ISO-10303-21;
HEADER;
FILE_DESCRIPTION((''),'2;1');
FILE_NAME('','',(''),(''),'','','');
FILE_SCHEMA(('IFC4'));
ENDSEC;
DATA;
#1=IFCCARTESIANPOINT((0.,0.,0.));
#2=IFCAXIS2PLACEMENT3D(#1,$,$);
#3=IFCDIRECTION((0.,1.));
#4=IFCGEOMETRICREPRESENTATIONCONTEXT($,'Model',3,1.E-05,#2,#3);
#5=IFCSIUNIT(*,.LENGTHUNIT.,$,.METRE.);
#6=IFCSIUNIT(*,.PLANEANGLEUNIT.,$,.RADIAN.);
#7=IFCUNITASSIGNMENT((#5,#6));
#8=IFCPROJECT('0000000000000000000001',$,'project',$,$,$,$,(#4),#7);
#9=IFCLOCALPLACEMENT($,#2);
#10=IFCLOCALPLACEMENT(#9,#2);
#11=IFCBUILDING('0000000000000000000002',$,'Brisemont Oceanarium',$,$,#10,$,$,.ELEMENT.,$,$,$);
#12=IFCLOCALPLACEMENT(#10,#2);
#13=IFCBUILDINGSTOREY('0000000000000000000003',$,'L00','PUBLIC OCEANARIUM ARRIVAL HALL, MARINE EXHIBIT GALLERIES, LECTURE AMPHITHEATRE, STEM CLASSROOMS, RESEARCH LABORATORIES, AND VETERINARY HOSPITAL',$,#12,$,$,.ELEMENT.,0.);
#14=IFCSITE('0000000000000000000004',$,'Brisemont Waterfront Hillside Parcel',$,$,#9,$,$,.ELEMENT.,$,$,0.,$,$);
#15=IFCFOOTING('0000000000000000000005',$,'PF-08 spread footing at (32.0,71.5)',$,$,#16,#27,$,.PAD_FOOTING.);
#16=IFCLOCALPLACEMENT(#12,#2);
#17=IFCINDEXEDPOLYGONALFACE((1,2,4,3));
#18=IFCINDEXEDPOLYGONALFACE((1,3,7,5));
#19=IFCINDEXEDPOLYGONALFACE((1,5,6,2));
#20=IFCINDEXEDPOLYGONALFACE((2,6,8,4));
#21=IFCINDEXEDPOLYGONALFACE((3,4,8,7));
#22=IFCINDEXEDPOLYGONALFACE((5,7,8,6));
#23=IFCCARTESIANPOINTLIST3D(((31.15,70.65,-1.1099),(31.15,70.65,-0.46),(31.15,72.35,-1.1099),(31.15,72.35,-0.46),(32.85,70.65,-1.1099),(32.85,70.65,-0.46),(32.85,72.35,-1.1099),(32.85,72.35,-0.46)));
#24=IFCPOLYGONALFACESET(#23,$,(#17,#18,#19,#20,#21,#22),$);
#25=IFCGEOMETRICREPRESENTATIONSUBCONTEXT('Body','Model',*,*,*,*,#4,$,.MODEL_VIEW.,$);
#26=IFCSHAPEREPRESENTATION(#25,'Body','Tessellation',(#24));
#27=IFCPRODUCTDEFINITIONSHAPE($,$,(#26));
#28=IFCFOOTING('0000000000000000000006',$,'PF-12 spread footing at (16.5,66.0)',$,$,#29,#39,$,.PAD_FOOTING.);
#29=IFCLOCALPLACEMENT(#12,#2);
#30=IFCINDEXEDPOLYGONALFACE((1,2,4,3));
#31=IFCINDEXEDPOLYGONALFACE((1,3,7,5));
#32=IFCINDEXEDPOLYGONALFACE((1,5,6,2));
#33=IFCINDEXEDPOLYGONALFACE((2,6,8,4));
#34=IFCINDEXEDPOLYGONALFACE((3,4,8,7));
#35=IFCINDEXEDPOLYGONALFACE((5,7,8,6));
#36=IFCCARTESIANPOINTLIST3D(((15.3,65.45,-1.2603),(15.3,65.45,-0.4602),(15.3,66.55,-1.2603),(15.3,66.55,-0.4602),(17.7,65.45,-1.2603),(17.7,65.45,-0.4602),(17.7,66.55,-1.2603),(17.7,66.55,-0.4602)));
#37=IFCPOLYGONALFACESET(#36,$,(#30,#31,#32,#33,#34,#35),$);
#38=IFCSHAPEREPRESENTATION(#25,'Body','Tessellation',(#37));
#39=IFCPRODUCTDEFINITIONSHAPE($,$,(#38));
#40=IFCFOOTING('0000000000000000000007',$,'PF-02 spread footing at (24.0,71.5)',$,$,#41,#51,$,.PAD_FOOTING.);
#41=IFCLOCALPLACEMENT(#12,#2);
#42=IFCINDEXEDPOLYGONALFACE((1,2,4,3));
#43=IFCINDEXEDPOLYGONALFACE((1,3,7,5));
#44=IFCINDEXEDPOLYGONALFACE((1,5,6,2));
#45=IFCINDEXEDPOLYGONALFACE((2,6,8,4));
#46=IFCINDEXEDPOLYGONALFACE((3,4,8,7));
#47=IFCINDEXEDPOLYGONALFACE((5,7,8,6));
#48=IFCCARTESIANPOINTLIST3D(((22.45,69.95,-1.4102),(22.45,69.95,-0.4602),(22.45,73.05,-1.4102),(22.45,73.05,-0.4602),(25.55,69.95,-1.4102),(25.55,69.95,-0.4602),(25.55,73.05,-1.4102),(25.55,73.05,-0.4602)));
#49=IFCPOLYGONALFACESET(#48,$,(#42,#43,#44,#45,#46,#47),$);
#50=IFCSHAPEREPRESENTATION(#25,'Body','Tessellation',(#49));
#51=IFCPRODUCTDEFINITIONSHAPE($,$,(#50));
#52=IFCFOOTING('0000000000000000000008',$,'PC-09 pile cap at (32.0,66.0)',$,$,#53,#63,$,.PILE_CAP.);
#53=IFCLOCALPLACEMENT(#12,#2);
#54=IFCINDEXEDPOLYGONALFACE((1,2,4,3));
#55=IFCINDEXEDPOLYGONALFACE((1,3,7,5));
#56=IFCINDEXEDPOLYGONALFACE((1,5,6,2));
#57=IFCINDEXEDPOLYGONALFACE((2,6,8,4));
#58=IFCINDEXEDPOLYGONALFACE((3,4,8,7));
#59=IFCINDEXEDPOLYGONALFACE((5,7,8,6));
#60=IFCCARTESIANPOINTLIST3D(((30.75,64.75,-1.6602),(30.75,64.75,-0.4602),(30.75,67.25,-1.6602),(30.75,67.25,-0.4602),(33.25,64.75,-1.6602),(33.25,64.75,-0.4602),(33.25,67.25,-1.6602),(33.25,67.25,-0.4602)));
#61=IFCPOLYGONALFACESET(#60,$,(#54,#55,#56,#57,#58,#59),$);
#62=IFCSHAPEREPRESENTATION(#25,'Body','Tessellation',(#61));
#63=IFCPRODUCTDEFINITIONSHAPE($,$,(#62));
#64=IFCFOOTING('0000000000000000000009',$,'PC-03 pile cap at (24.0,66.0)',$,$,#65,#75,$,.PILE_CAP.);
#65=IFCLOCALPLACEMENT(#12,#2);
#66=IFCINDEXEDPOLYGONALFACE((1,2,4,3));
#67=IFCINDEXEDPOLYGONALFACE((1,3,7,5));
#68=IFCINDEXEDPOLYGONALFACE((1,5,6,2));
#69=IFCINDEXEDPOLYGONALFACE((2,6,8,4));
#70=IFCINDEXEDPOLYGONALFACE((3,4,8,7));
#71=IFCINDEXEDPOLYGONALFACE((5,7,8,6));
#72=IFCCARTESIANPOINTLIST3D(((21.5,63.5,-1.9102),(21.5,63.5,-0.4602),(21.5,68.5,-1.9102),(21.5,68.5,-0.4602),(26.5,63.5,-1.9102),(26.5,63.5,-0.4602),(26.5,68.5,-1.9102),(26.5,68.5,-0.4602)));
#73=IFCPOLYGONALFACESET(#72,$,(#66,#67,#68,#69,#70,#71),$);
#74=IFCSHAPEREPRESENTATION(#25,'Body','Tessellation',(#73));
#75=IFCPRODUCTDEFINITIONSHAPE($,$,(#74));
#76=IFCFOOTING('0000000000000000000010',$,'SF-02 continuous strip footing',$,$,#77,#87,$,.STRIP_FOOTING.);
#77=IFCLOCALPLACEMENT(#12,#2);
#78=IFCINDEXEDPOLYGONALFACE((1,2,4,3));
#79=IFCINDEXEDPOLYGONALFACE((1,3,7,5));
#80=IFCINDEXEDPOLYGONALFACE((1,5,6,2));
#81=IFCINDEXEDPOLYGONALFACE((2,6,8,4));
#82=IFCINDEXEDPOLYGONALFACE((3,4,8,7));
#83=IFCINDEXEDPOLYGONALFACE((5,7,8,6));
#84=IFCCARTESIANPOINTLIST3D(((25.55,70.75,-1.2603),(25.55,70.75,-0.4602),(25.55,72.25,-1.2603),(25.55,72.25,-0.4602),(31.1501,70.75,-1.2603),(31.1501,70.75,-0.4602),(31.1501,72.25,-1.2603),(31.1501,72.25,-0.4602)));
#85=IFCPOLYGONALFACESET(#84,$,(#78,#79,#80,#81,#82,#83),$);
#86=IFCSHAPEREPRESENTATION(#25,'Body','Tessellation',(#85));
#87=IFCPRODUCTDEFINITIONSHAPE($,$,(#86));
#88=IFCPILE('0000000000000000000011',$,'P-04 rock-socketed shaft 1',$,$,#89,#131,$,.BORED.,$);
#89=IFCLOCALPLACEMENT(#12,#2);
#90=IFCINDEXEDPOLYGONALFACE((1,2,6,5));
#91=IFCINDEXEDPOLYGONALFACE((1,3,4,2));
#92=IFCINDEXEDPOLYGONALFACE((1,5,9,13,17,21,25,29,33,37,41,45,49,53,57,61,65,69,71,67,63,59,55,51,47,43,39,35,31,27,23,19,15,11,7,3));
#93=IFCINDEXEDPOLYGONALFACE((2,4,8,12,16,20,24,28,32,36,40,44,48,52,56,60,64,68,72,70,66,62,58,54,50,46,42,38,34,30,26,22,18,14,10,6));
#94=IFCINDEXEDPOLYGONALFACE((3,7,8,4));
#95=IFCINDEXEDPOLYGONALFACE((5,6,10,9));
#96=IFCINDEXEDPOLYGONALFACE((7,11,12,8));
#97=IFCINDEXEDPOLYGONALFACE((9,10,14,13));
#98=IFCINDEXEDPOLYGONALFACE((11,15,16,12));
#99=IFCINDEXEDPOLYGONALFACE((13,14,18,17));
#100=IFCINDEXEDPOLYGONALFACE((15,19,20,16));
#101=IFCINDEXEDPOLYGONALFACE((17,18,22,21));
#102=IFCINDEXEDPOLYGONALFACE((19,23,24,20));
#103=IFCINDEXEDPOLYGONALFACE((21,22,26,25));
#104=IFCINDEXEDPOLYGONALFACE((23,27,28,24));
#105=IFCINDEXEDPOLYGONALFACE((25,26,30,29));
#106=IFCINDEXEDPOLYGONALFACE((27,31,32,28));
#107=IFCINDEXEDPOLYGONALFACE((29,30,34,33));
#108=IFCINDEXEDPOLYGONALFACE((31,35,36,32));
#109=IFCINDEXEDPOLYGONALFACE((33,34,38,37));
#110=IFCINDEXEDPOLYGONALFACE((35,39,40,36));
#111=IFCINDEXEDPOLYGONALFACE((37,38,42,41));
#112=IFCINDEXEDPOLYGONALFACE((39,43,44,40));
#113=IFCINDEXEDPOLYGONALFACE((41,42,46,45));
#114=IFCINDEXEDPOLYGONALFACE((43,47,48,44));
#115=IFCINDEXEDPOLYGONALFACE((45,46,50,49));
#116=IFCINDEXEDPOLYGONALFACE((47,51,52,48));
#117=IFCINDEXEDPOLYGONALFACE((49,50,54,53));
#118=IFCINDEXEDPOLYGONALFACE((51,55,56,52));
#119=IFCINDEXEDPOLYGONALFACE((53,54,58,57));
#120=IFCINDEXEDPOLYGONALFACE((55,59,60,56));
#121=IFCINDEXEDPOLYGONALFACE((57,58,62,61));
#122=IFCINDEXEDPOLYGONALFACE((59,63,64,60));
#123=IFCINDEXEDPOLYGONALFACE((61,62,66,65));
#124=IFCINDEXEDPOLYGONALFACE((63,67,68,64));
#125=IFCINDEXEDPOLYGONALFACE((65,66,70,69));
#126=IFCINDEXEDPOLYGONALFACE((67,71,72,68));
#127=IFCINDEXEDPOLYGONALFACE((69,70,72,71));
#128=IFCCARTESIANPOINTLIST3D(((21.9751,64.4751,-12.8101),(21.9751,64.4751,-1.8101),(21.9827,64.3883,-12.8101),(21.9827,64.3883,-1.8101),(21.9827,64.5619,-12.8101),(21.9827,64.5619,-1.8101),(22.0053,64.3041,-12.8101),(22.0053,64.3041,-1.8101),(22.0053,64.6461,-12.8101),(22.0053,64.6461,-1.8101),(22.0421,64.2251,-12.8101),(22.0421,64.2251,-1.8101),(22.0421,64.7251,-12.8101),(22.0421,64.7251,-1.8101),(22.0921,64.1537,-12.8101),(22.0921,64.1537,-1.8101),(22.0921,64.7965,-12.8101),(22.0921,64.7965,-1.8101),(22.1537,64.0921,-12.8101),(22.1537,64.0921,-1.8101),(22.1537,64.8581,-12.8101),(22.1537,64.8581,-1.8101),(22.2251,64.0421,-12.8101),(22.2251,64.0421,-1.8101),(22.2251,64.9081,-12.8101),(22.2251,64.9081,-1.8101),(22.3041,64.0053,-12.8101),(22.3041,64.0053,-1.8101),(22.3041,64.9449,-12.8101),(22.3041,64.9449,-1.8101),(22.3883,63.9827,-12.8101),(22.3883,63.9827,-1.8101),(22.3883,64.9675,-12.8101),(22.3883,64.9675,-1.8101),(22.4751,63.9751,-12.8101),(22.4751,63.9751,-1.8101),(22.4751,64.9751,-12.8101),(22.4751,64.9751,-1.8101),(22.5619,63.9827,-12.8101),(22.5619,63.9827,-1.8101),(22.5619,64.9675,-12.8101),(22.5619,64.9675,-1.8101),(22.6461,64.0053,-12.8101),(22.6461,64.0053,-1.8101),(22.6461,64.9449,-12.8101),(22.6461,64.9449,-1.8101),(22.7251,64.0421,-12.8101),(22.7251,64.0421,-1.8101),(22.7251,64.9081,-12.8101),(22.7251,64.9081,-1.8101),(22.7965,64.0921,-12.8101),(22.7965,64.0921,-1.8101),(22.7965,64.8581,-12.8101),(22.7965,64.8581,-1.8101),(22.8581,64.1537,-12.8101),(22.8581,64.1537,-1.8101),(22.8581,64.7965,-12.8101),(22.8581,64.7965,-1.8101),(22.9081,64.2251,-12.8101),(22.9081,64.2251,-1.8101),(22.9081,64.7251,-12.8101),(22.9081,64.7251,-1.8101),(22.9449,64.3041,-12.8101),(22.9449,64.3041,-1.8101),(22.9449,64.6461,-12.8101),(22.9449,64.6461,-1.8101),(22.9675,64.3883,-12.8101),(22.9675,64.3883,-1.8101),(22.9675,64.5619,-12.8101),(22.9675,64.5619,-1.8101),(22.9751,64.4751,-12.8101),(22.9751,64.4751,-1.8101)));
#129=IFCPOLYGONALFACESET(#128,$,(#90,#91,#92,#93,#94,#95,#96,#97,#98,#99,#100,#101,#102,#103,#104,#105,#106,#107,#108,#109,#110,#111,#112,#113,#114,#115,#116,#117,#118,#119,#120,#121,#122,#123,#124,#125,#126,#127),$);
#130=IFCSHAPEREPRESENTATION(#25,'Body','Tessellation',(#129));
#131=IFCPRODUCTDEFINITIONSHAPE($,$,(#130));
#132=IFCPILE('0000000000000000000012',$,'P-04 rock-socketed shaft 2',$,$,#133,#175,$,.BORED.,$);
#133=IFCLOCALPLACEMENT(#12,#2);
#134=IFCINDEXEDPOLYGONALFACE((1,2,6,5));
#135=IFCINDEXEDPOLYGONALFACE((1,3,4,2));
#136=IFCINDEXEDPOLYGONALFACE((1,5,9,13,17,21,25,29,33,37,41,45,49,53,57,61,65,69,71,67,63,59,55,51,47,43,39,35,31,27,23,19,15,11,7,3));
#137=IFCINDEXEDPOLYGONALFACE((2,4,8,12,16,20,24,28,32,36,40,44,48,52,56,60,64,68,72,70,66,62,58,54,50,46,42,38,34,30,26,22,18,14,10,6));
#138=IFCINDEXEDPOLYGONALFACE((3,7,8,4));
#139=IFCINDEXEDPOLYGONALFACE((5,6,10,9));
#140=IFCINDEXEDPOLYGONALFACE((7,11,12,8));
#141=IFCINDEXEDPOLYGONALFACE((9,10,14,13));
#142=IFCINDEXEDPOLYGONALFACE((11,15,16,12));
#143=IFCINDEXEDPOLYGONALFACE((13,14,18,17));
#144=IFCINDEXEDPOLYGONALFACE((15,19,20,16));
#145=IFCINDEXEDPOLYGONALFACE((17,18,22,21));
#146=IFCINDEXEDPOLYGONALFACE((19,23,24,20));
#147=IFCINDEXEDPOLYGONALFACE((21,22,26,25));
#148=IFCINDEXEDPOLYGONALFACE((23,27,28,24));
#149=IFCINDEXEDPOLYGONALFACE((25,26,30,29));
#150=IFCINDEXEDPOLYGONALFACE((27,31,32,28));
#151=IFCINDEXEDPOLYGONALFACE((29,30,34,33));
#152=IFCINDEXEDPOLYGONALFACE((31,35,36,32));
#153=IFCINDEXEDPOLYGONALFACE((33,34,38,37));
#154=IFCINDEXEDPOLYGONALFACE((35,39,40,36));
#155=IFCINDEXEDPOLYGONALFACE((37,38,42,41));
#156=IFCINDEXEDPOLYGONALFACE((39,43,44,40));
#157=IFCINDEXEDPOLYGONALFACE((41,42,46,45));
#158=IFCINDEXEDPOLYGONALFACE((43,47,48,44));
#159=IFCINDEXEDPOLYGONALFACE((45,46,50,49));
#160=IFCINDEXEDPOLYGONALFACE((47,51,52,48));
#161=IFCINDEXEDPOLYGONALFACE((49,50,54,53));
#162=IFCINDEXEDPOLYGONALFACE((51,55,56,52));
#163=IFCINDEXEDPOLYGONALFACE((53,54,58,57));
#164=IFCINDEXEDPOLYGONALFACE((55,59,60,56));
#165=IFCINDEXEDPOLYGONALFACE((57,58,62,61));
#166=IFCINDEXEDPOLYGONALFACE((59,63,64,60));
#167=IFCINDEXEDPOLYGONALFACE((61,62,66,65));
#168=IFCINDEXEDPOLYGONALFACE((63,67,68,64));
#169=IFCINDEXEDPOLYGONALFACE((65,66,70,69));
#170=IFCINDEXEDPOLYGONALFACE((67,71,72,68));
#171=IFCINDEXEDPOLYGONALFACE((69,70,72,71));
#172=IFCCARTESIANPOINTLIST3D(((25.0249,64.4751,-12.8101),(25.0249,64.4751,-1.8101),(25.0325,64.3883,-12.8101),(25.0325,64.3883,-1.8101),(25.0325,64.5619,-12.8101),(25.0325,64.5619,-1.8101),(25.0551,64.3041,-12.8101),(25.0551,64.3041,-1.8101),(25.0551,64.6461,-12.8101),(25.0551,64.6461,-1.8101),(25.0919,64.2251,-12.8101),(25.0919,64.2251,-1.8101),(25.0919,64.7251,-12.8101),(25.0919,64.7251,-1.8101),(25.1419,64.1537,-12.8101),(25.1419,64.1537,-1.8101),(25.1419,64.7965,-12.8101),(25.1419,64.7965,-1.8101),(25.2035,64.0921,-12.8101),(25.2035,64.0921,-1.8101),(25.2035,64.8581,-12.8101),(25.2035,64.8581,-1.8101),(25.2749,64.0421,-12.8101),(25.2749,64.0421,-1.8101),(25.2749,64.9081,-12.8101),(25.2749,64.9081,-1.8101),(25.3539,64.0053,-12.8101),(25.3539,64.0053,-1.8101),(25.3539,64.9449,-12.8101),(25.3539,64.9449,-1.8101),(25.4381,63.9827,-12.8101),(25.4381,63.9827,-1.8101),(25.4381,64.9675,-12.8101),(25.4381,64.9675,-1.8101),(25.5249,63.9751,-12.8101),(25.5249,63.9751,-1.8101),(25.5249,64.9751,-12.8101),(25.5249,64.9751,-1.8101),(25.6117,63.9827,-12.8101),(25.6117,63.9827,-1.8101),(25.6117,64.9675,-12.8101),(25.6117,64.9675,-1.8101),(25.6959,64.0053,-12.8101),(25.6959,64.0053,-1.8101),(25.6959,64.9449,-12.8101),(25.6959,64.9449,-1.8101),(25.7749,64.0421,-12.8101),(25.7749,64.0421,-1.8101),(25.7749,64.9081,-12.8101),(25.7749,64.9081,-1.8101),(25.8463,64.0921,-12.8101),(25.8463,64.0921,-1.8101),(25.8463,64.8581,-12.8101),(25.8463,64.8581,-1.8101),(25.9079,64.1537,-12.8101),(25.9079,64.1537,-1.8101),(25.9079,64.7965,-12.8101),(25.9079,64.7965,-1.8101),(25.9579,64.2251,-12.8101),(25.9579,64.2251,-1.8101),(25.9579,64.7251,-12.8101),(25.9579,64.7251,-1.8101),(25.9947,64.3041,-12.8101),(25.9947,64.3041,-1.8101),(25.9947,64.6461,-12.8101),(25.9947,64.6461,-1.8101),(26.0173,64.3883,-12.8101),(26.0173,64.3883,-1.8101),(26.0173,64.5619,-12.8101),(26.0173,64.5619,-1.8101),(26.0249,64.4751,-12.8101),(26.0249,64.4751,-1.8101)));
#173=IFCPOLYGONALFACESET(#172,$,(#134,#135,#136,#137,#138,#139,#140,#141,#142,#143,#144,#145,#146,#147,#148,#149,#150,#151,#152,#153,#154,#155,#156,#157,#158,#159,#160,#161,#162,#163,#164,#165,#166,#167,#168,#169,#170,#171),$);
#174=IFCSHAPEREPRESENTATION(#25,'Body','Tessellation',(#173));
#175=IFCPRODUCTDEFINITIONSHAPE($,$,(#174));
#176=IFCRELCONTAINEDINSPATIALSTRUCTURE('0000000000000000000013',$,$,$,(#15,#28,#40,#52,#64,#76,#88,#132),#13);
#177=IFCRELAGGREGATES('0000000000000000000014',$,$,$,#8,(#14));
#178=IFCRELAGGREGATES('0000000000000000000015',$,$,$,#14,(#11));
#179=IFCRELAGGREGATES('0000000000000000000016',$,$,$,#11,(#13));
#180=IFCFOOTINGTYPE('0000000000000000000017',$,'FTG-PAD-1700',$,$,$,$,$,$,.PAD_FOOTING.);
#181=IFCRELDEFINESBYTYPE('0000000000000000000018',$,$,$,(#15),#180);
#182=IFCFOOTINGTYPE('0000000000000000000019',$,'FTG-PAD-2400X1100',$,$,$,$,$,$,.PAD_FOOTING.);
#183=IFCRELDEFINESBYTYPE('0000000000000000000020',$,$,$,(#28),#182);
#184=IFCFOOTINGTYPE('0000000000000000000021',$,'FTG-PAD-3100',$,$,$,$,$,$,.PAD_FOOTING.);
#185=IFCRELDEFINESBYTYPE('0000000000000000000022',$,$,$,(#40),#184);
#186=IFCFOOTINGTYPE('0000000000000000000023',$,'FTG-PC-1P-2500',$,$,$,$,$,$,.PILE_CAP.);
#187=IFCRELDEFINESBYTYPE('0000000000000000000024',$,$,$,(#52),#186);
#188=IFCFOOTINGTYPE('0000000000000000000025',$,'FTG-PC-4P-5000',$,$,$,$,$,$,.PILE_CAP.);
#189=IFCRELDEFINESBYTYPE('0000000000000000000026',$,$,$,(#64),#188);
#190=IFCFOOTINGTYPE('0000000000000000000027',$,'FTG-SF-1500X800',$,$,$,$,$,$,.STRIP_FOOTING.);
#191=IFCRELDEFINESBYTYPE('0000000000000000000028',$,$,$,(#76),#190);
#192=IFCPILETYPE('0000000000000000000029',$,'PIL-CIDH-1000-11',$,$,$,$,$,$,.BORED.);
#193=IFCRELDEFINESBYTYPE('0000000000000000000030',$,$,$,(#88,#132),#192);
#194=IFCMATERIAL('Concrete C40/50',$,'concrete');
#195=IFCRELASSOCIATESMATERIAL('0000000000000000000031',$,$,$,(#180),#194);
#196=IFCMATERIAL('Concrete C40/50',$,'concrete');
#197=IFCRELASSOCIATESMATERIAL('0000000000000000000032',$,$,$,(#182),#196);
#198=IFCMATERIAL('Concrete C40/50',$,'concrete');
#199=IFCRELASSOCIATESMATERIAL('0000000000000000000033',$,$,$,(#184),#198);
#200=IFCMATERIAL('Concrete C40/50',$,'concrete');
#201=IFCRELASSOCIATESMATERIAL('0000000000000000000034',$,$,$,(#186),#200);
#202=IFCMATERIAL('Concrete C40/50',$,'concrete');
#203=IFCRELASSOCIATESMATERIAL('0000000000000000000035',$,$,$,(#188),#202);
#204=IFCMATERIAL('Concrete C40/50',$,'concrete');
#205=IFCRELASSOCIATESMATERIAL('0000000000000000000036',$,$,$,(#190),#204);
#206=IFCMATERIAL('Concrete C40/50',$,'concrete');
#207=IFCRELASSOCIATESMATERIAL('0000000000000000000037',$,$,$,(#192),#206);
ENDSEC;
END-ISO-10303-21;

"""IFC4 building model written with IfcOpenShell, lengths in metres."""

from ifc_helpers import new_model, si_unit, direction, frame, origin, origin_2d, place, context, subcontext, project, spatial, rectangle, circle, extrude, material, material_profile, profile_set, type_object, element, save


model = new_model("IFC4")

# Units and contexts
model_context = context("Model", 3, precision=1e-05, world=origin(), true_north=direction((0.0, 1.0)))
body_context = subcontext(model_context, "Body", "Model", "MODEL_VIEW")
ifc_project = project(units=[si_unit("LENGTHUNIT", "METRE"), si_unit("PLANEANGLEUNIT", "RADIAN")], contexts=[model_context])

# Site, building, storey
site_placement = place(None, origin())
site = spatial("IfcSite", under=ifc_project, at=site_placement, Name="Brisemont Waterfront Hillside Parcel", CompositionType="ELEMENT", RefElevation=0.0)
building_placement = place(site_placement, origin())
building = spatial("IfcBuilding", under=site, at=building_placement, Name="Brisemont Oceanarium", CompositionType="ELEMENT")
storey_placement = place(building_placement, origin())
storey = spatial("IfcBuildingStorey", under=building, at=storey_placement, Name="L00", Description="PUBLIC OCEANARIUM ARRIVAL HALL, MARINE EXHIBIT GALLERIES, LECTURE AMPHITHEATRE, STEM CLASSROOMS, RESEARCH LABORATORIES, AND VETERINARY HOSPITAL", CompositionType="ELEMENT", Elevation=0.0)

# Footings
ifc_material_1 = material(Name="Concrete C40/50", Category="concrete")
footing_type_1 = type_object("IfcFootingType", Name="FTG-PAD-1700", PredefinedType="PAD_FOOTING", material=ifc_material_1)
footing_1_placement = place(storey_placement, frame((32.0, 71.5, -1.1099), z_axis=(0.0, 0.0, 1.0), x_axis=(1.0, 0.0, 0.0)))
element("IfcFooting", 1, at=footing_1_placement, inside=storey, type_object=footing_type_1, Name="PF-08 spread footing at (32.0,71.5)", PredefinedType="PAD_FOOTING", context=body_context, shape_type="SweptSolid", body=[
    extrude(rectangle(XDim=1.7, YDim=1.7, at=origin_2d()), origin(), (0.0, 0.0, 1.0), 0.6499),
])
ifc_material_2 = material(Name="Concrete C40/50", Category="concrete")
footing_type_2 = type_object("IfcFootingType", Name="FTG-PAD-2400X1100", PredefinedType="PAD_FOOTING", material=ifc_material_2)
footing_2_placement = place(storey_placement, frame((16.5, 66.0, -1.2603), z_axis=(0.0, 0.0, 1.0), x_axis=(1.0, 0.0, 0.0)))
element("IfcFooting", 2, at=footing_2_placement, inside=storey, type_object=footing_type_2, Name="PF-12 spread footing at (16.5,66.0)", PredefinedType="PAD_FOOTING", context=body_context, shape_type="SweptSolid", body=[
    extrude(rectangle(XDim=2.3999, YDim=1.1001, at=origin_2d()), origin(), (0.0, 0.0, 1.0), 0.8),
])
ifc_material_3 = material(Name="Concrete C40/50", Category="concrete")
footing_type_3 = type_object("IfcFootingType", Name="FTG-PAD-3100", PredefinedType="PAD_FOOTING", material=ifc_material_3)
footing_3_placement = place(storey_placement, frame((24.0, 71.5, -1.4102), z_axis=(0.0, 0.0, 1.0), x_axis=(1.0, 0.0, 0.0)))
element("IfcFooting", 3, at=footing_3_placement, inside=storey, type_object=footing_type_3, Name="PF-02 spread footing at (24.0,71.5)", PredefinedType="PAD_FOOTING", context=body_context, shape_type="SweptSolid", body=[
    extrude(rectangle(XDim=3.1001, YDim=3.1001, at=origin_2d()), origin(), (0.0, 0.0, 1.0), 0.95),
])
ifc_material_4 = material(Name="Concrete C40/50", Category="concrete")
footing_type_4 = type_object("IfcFootingType", Name="FTG-PC-1P-2500", PredefinedType="PILE_CAP", material=ifc_material_4)
footing_4_placement = place(storey_placement, frame((32.0, 66.0, -1.6602), z_axis=(0.0, 0.0, 1.0), x_axis=(1.0, 0.0, 0.0)))
element("IfcFooting", 4, at=footing_4_placement, inside=storey, type_object=footing_type_4, Name="PC-09 pile cap at (32.0,66.0)", PredefinedType="PILE_CAP", context=body_context, shape_type="SweptSolid", body=[
    extrude(rectangle(XDim=2.5, YDim=2.5, at=origin_2d()), origin(), (0.0, 0.0, 1.0), 1.2),
])
ifc_material_5 = material(Name="Concrete C40/50", Category="concrete")
footing_type_5 = type_object("IfcFootingType", Name="FTG-PC-4P-5000", PredefinedType="PILE_CAP", material=ifc_material_5)
footing_5_placement = place(storey_placement, frame((24.0, 66.0, -1.9102), z_axis=(0.0, 0.0, 1.0), x_axis=(1.0, 0.0, 0.0)))
element("IfcFooting", 5, at=footing_5_placement, inside=storey, type_object=footing_type_5, Name="PC-03 pile cap at (24.0,66.0)", PredefinedType="PILE_CAP", context=body_context, shape_type="SweptSolid", body=[
    extrude(rectangle(XDim=5.0, YDim=5.0, at=origin_2d()), origin(), (0.0, 0.0, 1.0), 1.45),
])
ifc_material_6 = material(Name="Concrete C40/50", Category="concrete")
footing_type_6 = type_object("IfcFootingType", Name="FTG-SF-1500X800", PredefinedType="STRIP_FOOTING", material=ifc_material_6)
footing_6_placement = place(storey_placement, frame((28.3501, 71.5, -1.2603), z_axis=(0.0, 0.0, 1.0), x_axis=(1.0, 0.0, 0.0)))
element("IfcFooting", 6, at=footing_6_placement, inside=storey, type_object=footing_type_6, Name="SF-02 continuous strip footing", PredefinedType="STRIP_FOOTING", context=body_context, shape_type="SweptSolid", body=[
    extrude(rectangle(XDim=5.6001, YDim=1.5, at=origin_2d()), origin(), (0.0, 0.0, 1.0), 0.8),
])

# Piles
ifc_material_7 = material(Name="Concrete C40/50", Category="concrete")
ifc_material_profile_1 = material_profile(ifc_material_7, circle(Radius=0.5, at=origin_2d()), Name="CIDH-D1000")
ifc_profile_set_1 = profile_set([ifc_material_profile_1], Name="Concrete C40/50")
pile_type = type_object("IfcPileType", Name="PIL-CIDH-1000-11", PredefinedType="BORED", material=ifc_profile_set_1)
for number, where, z_axis, x_axis, name in (
    (7, (22.4751, 64.4751, -1.8101), (0.0, 0.0, -1.0), (1.0, 0.0, 0.0), "P-04 rock-socketed shaft 1"),
    (8, (25.5249, 64.4751, -1.8101), (0.0, 0.0, -1.0), (1.0, 0.0, 0.0), "P-04 rock-socketed shaft 2"),
):
    element("IfcPile", number, at=place(storey_placement, frame(where, z_axis=z_axis, x_axis=x_axis)), inside=storey, type_object=pile_type, Name=name, PredefinedType="BORED", context=body_context, shape_type="SweptSolid", body=[
        extrude(circle(Radius=0.5, at=origin_2d()), origin(), (0.0, 0.0, 1.0), 11.0),
    ])

save(model, "model.ifc")
